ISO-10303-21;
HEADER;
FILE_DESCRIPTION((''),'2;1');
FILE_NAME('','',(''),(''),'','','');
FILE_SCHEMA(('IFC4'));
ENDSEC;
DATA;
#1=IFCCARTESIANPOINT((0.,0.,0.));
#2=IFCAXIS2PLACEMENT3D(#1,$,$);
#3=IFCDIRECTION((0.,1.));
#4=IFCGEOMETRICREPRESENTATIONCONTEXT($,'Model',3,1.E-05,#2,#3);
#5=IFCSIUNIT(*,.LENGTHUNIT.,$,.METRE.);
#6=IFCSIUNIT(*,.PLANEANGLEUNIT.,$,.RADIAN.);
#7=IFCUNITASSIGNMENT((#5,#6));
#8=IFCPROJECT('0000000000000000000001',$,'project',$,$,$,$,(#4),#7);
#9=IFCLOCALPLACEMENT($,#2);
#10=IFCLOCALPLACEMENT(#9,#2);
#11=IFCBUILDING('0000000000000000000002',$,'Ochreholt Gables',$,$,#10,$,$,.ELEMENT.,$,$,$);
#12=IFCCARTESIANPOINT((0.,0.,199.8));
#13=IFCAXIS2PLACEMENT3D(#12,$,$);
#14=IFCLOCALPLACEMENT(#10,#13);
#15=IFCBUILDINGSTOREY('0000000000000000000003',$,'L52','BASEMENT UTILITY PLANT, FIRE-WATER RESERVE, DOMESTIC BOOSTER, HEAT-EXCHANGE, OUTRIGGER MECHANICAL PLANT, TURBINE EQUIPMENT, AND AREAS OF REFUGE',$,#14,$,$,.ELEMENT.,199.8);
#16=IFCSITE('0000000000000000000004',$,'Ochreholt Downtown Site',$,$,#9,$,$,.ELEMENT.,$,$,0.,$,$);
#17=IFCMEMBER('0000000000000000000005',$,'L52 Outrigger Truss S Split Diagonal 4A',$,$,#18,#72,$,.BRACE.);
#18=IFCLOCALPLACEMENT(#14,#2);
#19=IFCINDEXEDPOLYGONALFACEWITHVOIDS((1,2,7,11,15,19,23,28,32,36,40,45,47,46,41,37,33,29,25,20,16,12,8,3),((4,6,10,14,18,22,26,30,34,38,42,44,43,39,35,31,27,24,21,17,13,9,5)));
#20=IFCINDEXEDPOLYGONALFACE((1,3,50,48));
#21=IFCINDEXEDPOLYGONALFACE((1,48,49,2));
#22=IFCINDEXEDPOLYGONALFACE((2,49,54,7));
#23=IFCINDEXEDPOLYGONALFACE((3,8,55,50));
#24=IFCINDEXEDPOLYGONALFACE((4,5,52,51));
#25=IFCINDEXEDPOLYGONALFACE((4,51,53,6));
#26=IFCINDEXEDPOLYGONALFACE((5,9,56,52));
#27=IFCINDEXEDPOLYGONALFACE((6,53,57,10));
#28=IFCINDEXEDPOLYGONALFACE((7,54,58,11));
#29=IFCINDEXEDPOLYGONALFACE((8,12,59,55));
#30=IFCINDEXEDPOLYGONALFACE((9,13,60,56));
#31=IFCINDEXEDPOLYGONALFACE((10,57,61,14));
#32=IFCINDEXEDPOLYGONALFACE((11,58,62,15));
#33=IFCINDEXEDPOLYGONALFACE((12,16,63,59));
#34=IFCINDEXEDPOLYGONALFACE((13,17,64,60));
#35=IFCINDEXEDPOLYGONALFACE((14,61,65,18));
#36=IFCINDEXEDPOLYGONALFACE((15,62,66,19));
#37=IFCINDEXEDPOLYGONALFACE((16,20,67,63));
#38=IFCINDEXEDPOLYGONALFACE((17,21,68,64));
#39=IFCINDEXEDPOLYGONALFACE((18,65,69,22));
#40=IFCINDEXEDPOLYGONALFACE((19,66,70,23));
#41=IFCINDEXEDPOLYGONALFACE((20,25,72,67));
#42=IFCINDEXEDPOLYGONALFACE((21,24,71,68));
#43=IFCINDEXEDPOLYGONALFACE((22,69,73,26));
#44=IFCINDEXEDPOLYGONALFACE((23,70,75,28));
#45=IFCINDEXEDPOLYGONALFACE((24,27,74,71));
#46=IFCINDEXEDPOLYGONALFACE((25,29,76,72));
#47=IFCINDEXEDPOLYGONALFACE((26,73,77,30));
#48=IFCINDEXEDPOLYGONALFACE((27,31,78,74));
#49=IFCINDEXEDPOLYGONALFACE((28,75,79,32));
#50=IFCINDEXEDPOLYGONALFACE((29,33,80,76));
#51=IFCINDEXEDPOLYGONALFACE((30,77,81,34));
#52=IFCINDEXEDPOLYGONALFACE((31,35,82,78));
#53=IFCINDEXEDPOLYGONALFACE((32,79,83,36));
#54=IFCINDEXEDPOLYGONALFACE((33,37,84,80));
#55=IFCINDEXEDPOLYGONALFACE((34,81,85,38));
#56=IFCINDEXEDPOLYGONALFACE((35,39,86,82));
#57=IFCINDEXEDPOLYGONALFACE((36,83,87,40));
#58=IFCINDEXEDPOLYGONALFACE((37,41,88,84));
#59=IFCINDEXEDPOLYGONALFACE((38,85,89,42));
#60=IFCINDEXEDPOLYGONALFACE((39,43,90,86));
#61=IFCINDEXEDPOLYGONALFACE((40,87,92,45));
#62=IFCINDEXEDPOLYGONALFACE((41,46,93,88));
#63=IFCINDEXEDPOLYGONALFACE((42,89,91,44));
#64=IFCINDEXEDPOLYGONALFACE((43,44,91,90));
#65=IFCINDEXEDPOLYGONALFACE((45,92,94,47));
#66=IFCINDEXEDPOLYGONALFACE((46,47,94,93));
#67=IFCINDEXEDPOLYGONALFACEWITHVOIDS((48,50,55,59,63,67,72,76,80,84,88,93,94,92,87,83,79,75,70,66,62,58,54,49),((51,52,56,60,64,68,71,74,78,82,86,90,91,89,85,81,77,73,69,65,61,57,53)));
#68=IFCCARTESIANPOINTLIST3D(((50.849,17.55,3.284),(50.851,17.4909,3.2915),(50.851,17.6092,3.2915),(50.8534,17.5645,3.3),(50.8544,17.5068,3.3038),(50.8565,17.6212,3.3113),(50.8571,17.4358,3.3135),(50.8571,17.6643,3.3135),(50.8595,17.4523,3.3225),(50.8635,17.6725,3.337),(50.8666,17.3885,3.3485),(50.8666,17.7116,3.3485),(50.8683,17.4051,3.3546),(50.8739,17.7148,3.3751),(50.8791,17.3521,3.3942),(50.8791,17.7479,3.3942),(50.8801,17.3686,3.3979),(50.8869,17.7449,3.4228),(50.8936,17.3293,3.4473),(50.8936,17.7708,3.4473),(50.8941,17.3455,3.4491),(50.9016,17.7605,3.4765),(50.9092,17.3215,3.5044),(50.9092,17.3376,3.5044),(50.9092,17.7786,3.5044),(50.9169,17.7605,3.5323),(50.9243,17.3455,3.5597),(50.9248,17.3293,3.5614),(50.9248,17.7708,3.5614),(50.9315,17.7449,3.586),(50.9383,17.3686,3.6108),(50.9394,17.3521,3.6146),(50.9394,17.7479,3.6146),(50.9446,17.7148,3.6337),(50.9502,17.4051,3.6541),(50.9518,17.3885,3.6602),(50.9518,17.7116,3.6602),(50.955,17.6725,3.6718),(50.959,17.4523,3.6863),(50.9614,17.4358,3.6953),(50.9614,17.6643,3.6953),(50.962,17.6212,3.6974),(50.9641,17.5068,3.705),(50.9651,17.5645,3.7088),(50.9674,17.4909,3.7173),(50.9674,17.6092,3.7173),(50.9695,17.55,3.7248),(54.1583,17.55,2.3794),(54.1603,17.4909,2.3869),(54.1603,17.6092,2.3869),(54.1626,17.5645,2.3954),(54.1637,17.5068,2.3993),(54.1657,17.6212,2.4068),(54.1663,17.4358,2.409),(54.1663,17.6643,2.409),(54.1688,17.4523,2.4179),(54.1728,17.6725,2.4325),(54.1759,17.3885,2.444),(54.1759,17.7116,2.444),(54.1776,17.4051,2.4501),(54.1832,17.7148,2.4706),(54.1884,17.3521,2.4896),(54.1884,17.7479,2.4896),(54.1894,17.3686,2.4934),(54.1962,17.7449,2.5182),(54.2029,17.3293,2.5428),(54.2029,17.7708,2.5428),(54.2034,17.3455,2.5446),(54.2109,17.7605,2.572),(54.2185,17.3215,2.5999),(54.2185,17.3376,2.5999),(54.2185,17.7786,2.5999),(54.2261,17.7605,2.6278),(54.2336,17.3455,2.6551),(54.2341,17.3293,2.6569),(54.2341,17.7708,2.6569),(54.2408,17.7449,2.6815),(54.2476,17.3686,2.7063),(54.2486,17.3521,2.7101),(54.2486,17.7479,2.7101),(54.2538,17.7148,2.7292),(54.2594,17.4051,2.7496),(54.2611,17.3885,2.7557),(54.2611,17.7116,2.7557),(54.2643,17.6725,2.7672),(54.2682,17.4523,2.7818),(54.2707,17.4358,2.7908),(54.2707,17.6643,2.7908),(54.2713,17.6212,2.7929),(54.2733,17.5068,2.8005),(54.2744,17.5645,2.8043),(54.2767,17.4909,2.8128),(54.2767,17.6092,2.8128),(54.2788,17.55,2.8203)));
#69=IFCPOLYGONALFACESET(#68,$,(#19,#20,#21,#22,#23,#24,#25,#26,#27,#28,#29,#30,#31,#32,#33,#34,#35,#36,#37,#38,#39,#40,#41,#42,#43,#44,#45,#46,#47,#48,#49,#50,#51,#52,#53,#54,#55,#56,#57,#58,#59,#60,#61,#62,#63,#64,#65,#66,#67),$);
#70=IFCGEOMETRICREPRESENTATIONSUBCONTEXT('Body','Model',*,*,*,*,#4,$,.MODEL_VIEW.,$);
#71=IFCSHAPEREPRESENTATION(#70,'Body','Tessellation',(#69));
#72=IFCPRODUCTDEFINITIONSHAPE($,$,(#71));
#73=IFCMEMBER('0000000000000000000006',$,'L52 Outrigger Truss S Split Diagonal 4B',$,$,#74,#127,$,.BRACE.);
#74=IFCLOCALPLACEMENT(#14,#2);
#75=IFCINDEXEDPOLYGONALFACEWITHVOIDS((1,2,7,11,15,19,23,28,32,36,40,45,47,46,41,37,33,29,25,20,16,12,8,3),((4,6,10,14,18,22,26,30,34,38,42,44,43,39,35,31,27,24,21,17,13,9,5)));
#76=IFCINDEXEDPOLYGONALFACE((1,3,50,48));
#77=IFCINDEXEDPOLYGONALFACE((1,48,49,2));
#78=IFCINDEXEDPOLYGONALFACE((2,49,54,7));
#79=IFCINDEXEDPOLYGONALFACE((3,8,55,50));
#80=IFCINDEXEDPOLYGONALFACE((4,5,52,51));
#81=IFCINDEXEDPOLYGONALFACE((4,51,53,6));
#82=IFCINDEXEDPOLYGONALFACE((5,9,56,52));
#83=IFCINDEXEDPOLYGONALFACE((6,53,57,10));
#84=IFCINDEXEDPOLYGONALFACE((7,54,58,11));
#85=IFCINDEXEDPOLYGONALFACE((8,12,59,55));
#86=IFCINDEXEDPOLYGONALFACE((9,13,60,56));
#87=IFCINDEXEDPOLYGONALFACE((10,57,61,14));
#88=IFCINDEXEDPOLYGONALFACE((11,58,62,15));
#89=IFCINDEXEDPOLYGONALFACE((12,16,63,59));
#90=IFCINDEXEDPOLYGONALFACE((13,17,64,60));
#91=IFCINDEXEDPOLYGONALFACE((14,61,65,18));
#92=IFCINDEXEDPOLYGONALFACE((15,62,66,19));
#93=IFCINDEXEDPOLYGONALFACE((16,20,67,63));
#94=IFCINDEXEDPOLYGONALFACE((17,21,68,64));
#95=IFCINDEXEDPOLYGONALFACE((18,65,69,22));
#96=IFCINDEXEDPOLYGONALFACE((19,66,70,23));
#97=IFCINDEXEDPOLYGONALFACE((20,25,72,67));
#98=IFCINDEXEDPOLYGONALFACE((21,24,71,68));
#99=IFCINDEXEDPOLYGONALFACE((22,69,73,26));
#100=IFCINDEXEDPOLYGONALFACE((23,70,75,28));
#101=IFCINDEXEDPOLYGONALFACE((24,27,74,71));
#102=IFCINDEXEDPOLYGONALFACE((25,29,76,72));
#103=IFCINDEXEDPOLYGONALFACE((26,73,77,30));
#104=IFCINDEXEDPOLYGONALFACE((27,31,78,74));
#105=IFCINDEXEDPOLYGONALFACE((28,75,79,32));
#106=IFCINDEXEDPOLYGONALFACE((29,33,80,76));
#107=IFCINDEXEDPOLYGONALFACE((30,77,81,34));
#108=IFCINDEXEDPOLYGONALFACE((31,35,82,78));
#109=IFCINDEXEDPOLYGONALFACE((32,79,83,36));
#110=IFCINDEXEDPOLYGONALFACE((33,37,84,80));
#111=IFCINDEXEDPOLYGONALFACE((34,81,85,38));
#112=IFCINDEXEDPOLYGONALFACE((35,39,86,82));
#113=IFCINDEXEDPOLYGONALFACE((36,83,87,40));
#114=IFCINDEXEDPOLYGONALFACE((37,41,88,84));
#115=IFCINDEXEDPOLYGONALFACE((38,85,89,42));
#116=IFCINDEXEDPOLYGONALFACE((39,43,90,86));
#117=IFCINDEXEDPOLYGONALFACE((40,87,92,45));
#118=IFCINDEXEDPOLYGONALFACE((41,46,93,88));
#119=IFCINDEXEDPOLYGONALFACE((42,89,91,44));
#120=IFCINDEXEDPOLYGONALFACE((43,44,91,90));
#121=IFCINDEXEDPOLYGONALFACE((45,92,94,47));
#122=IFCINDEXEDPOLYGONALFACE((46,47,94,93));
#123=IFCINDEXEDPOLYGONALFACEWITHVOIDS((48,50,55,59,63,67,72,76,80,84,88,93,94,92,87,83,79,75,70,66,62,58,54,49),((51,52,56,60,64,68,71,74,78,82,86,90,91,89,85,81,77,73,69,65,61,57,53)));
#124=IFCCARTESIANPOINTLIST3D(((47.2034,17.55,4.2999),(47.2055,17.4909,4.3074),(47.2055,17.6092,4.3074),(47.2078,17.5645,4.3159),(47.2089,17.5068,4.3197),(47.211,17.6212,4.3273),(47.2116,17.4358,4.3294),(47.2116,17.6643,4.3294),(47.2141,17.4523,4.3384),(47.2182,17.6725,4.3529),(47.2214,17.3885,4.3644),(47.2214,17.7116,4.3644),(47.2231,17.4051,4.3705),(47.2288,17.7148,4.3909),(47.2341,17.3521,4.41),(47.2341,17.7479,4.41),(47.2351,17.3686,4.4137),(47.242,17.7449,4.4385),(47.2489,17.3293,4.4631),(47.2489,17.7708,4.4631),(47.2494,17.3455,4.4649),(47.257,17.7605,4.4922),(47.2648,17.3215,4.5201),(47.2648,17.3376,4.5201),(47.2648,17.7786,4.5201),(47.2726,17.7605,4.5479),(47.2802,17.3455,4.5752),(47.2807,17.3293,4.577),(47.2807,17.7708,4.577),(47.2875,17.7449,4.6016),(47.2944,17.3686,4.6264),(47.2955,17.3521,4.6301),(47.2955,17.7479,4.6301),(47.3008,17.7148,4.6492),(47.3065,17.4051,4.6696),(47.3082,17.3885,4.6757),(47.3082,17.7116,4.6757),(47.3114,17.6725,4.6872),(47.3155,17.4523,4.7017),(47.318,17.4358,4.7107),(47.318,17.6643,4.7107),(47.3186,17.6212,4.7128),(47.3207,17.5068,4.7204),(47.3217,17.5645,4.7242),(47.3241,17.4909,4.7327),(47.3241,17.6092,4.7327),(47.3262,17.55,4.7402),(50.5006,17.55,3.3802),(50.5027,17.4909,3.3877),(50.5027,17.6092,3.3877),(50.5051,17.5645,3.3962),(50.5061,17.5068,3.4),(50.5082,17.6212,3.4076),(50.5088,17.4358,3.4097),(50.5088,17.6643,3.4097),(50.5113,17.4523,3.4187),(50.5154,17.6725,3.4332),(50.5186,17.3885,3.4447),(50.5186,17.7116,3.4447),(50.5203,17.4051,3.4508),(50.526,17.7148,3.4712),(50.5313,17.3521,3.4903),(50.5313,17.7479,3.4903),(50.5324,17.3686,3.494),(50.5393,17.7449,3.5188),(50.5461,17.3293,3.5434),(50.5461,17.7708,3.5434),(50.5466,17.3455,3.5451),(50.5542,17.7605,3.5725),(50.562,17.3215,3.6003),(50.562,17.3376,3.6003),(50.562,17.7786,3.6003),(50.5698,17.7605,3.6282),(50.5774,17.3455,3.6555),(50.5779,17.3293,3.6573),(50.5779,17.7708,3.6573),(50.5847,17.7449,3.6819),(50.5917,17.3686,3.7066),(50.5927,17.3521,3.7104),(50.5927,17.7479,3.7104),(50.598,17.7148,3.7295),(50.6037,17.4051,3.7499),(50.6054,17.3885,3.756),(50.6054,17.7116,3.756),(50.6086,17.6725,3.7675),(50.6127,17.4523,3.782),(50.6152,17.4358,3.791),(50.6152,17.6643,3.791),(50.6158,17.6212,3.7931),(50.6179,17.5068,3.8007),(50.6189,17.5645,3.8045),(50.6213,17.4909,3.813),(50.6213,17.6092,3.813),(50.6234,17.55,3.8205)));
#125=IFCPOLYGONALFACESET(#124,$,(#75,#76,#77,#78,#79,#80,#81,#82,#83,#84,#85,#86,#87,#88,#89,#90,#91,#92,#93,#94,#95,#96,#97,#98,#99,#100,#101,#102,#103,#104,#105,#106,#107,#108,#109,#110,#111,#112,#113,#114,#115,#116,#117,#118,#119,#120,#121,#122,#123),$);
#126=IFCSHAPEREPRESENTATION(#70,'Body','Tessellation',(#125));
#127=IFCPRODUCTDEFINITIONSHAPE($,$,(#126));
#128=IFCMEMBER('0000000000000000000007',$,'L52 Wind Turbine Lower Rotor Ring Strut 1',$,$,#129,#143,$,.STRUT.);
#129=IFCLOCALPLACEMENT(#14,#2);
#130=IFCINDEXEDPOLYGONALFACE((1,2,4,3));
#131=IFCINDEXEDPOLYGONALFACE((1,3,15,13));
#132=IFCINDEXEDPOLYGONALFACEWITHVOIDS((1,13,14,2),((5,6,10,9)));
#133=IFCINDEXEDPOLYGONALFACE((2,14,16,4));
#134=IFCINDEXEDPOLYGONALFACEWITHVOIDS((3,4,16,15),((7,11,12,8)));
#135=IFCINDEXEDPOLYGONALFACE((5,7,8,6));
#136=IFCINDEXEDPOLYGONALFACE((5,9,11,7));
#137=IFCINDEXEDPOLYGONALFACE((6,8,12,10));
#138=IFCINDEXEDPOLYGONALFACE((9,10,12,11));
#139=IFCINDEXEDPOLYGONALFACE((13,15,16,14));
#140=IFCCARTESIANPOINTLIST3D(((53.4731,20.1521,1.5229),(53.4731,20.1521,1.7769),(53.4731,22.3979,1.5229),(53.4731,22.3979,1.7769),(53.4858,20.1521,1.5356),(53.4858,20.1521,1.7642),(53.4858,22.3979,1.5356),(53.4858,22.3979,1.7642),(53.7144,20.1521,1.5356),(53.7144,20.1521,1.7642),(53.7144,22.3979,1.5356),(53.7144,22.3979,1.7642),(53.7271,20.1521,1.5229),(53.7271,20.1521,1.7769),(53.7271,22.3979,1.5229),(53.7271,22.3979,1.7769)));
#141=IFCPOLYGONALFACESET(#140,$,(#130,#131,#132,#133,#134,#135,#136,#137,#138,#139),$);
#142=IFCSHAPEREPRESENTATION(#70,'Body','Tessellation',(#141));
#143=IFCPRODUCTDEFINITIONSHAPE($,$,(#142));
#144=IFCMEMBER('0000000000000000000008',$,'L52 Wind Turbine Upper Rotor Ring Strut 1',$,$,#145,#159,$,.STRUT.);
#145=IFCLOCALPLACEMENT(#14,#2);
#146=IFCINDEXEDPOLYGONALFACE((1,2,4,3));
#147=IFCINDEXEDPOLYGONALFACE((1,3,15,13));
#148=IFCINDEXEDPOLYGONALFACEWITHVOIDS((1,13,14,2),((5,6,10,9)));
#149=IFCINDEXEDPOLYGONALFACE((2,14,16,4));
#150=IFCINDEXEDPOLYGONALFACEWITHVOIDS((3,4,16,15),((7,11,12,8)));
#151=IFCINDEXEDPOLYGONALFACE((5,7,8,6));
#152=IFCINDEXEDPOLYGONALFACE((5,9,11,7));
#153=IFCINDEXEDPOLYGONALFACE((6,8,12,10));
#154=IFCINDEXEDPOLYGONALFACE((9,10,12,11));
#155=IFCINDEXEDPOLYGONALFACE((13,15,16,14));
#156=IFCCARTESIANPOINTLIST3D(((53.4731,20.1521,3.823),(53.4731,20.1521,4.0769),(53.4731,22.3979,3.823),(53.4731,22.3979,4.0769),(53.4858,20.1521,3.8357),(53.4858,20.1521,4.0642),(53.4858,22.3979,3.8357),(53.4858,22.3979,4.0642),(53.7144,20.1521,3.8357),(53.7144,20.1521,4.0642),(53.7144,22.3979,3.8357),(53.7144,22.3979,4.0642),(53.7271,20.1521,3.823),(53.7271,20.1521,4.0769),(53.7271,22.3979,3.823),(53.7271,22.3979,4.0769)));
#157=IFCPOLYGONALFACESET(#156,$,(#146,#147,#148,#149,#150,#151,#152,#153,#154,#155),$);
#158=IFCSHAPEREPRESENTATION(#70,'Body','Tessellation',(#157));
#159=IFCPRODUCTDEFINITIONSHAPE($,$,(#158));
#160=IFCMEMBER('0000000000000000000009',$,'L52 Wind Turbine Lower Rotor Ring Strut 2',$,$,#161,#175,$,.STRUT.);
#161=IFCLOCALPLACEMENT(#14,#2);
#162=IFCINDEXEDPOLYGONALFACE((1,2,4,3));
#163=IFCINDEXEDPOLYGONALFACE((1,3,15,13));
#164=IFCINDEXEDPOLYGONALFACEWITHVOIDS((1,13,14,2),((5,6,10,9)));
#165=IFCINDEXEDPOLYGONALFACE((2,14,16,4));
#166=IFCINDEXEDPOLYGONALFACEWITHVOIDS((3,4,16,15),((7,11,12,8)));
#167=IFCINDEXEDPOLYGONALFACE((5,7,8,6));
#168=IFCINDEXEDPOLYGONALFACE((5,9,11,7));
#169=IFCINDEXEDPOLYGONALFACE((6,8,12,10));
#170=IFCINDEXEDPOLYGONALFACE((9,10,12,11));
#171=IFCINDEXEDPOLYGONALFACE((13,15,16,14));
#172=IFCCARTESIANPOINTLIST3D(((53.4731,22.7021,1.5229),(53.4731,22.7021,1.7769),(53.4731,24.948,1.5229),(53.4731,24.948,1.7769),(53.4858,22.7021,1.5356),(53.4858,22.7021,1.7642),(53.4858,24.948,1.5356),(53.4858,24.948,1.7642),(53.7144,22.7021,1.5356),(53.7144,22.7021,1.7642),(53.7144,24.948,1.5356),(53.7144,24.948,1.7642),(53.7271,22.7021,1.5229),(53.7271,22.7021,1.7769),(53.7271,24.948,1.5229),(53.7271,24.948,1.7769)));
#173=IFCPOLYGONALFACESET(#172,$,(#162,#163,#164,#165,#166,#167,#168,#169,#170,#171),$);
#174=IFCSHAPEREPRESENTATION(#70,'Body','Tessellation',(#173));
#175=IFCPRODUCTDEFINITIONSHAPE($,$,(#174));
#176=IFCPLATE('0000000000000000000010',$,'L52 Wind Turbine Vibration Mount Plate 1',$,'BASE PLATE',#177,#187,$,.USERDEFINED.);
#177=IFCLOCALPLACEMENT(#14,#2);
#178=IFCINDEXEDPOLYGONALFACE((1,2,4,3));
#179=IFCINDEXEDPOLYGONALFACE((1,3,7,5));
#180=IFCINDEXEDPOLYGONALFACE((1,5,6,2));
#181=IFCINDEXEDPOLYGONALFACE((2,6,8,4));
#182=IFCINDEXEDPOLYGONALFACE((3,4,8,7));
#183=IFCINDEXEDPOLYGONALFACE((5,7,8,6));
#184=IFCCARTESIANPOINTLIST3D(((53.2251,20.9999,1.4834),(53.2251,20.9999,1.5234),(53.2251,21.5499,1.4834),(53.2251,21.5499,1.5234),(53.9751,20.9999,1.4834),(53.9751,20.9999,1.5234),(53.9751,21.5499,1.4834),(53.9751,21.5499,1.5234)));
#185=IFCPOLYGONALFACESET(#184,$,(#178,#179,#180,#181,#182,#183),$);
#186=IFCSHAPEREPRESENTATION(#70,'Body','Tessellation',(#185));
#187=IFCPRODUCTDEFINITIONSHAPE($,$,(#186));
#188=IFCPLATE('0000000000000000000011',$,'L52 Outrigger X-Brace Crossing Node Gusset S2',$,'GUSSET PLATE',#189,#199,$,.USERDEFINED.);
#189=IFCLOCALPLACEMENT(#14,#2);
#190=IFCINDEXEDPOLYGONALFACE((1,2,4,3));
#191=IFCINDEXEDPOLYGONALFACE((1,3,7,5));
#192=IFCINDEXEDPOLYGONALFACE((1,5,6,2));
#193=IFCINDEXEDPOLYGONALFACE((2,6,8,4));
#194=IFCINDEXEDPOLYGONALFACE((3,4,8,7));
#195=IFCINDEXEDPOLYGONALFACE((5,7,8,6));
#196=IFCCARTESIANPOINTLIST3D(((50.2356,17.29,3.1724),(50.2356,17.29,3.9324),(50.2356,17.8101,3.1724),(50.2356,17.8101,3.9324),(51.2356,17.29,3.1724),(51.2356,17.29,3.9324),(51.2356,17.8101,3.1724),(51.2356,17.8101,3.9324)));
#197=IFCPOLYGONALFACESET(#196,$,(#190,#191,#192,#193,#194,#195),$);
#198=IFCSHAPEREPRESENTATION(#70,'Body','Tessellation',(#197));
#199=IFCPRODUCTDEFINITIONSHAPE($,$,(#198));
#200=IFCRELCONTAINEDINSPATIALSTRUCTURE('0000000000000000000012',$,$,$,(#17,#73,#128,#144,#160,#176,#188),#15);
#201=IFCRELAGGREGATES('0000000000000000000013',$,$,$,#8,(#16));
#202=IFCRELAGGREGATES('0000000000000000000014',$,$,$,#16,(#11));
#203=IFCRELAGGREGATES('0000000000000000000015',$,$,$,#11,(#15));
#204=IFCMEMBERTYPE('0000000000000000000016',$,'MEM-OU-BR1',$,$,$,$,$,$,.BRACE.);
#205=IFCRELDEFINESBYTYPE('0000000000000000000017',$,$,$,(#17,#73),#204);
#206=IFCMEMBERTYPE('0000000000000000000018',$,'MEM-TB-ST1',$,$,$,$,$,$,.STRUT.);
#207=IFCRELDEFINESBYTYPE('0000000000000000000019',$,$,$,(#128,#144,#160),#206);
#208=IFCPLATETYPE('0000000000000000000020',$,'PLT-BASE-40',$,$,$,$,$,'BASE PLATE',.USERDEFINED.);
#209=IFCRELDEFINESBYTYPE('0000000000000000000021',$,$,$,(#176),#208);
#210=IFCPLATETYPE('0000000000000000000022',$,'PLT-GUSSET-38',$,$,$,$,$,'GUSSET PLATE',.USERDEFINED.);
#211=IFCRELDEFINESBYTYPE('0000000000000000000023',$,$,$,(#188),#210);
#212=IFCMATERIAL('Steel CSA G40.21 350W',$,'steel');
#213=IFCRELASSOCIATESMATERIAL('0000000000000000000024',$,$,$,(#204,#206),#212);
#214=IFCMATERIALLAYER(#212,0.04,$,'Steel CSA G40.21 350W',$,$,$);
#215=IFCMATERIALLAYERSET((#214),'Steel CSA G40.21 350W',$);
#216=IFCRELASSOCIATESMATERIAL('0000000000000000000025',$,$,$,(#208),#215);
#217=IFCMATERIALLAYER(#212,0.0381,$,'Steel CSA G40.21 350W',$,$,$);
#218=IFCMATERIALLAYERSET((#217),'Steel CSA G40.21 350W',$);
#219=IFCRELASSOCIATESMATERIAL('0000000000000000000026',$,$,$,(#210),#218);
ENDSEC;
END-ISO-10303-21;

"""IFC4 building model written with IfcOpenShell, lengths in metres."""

from ifc_helpers import new_model, si_unit, direction, frame, origin, origin_2d, place, context, subcontext, project, spatial, rectangle, hollow_rectangle, hollow_circle, extrude, material, layer, layer_set, material_profile, profile_set, type_object, element, save


model = new_model("IFC4")

# Units and contexts
model_context = context("Model", 3, precision=1e-05, world=origin(), true_north=direction((0.0, 1.0)))
body_context = subcontext(model_context, "Body", "Model", "MODEL_VIEW")
ifc_project = project(units=[si_unit("LENGTHUNIT", "METRE"), si_unit("PLANEANGLEUNIT", "RADIAN")], contexts=[model_context])

# Site, building, storey
site_placement = place(None, origin())
site = spatial("IfcSite", under=ifc_project, at=site_placement, Name="Ochreholt Downtown Site", CompositionType="ELEMENT", RefElevation=0.0)
building_placement = place(site_placement, origin())
building = spatial("IfcBuilding", under=site, at=building_placement, Name="Ochreholt Gables", CompositionType="ELEMENT")
storey_placement = place(building_placement, frame((0.0, 0.0, 199.8)))
storey = spatial("IfcBuildingStorey", under=building, at=storey_placement, Name="L52", Description="BASEMENT UTILITY PLANT, FIRE-WATER RESERVE, DOMESTIC BOOSTER, HEAT-EXCHANGE, OUTRIGGER MECHANICAL PLANT, TURBINE EQUIPMENT, AND AREAS OF REFUGE", CompositionType="ELEMENT", Elevation=199.8)

# Shared definitions
ifc_material_1 = material(Name="Steel CSA G40.21 350W", Category="steel")

# Members
ifc_material_profile_1 = material_profile(ifc_material_1, hollow_circle(Radius=0.2285, WallThickness=0.0161, at=origin_2d()), Name="CHS457X16")
ifc_profile_set_1 = profile_set([ifc_material_profile_1], Name="Steel CSA G40.21 350W")
member_type_1 = type_object("IfcMemberType", Name="MEM-OU-BR1", PredefinedType="BRACE", material=ifc_profile_set_1)
member_1_placement = place(storey_placement, frame((54.2185, 17.55, 2.5999), z_axis=(-0.964616, 0.0, 0.263659), x_axis=(0.0, -1.0, 0.0)))
element("IfcMember", 1, at=member_1_placement, inside=storey, type_object=member_type_1, Name="L52 Outrigger Truss S Split Diagonal 4A", PredefinedType="BRACE", context=body_context, shape_type="SweptSolid", body=[
    extrude(hollow_circle(Radius=0.2285, WallThickness=0.0161, at=origin_2d()), origin(), (0.0, 0.0, 1.0), 3.4307),
])
member_2_placement = place(storey_placement, frame((50.562, 17.55, 3.6003), z_axis=(-0.96323, 0.0, 0.268677), x_axis=(0.0, -1.0, 0.0)))
element("IfcMember", 2, at=member_2_placement, inside=storey, type_object=member_type_1, Name="L52 Outrigger Truss S Split Diagonal 4B", PredefinedType="BRACE", context=body_context, shape_type="SweptSolid", body=[
    extrude(hollow_circle(Radius=0.2285, WallThickness=0.0161, at=origin_2d()), origin(), (0.0, 0.0, 1.0), 3.4231),
])
ifc_material_profile_2 = material_profile(ifc_material_1, hollow_rectangle(XDim=0.2539, YDim=0.2539, WallThickness=0.0127, at=origin_2d()), Name="HSS254X254X13")
ifc_profile_set_2 = profile_set([ifc_material_profile_2], Name="Steel CSA G40.21 350W")
member_type_2 = type_object("IfcMemberType", Name="MEM-TB-ST1", PredefinedType="STRUT", material=ifc_profile_set_2)
for number, where, z_axis, x_axis, name in (
    (3, (53.6001, 20.1521, 1.6499), (0.0, 1.0, 0.0), (-1.0, 0.0, 0.0), "L52 Wind Turbine Lower Rotor Ring Strut 1"),
    (4, (53.6001, 20.1521, 3.95), (0.0, 1.0, 0.0), (-1.0, 0.0, 0.0), "L52 Wind Turbine Upper Rotor Ring Strut 1"),
    (5, (53.6001, 22.7021, 1.6499), (0.0, 1.0, 0.0), (-1.0, 0.0, 0.0), "L52 Wind Turbine Lower Rotor Ring Strut 2"),
):
    element("IfcMember", number, at=place(storey_placement, frame(where, z_axis=z_axis, x_axis=x_axis)), inside=storey, type_object=member_type_2, Name=name, PredefinedType="STRUT", context=body_context, shape_type="SweptSolid", body=[
        extrude(hollow_rectangle(XDim=0.2539, YDim=0.2539, WallThickness=0.0127, at=origin_2d()), origin(), (0.0, 0.0, 1.0), 2.2458),
    ])

# Plates
ifc_layer_1 = layer(ifc_material_1, 0.04, Name="Steel CSA G40.21 350W")
ifc_layer_set_1 = layer_set([ifc_layer_1], Name="Steel CSA G40.21 350W")
plate_type_1 = type_object("IfcPlateType", Name="PLT-BASE-40", ElementType="BASE PLATE", PredefinedType="USERDEFINED", material=ifc_layer_set_1)
plate_1_placement = place(storey_placement, frame((53.6001, 21.2749, 1.4834), z_axis=(0.0, 0.0, 1.0), x_axis=(1.0, 0.0, 0.0)))
element("IfcPlate", 6, at=plate_1_placement, inside=storey, type_object=plate_type_1, Name="L52 Wind Turbine Vibration Mount Plate 1", ObjectType="BASE PLATE", PredefinedType="USERDEFINED", context=body_context, shape_type="SweptSolid", body=[
    extrude(rectangle(XDim=0.75, YDim=0.55, at=origin_2d()), origin(), (0.0, 0.0, 1.0), 0.04),
])
ifc_layer_2 = layer(ifc_material_1, 0.0381, Name="Steel CSA G40.21 350W")
ifc_layer_set_2 = layer_set([ifc_layer_2], Name="Steel CSA G40.21 350W")
plate_type_2 = type_object("IfcPlateType", Name="PLT-GUSSET-38", ElementType="GUSSET PLATE", PredefinedType="USERDEFINED", material=ifc_layer_set_2)
plate_2_placement = place(storey_placement, frame((50.7356, 17.55, 3.1724), z_axis=(0.0, 0.0, 1.0), x_axis=(1.0, 0.0, 0.0)))
element("IfcPlate", 7, at=plate_2_placement, inside=storey, type_object=plate_type_2, Name="L52 Outrigger X-Brace Crossing Node Gusset S2", ObjectType="GUSSET PLATE", PredefinedType="USERDEFINED", context=body_context, shape_type="SweptSolid", body=[
    extrude(rectangle(XDim=1.0, YDim=0.52, at=origin_2d()), origin(), (0.0, 0.0, 1.0), 0.76),
])

save(model, "model.ifc")
